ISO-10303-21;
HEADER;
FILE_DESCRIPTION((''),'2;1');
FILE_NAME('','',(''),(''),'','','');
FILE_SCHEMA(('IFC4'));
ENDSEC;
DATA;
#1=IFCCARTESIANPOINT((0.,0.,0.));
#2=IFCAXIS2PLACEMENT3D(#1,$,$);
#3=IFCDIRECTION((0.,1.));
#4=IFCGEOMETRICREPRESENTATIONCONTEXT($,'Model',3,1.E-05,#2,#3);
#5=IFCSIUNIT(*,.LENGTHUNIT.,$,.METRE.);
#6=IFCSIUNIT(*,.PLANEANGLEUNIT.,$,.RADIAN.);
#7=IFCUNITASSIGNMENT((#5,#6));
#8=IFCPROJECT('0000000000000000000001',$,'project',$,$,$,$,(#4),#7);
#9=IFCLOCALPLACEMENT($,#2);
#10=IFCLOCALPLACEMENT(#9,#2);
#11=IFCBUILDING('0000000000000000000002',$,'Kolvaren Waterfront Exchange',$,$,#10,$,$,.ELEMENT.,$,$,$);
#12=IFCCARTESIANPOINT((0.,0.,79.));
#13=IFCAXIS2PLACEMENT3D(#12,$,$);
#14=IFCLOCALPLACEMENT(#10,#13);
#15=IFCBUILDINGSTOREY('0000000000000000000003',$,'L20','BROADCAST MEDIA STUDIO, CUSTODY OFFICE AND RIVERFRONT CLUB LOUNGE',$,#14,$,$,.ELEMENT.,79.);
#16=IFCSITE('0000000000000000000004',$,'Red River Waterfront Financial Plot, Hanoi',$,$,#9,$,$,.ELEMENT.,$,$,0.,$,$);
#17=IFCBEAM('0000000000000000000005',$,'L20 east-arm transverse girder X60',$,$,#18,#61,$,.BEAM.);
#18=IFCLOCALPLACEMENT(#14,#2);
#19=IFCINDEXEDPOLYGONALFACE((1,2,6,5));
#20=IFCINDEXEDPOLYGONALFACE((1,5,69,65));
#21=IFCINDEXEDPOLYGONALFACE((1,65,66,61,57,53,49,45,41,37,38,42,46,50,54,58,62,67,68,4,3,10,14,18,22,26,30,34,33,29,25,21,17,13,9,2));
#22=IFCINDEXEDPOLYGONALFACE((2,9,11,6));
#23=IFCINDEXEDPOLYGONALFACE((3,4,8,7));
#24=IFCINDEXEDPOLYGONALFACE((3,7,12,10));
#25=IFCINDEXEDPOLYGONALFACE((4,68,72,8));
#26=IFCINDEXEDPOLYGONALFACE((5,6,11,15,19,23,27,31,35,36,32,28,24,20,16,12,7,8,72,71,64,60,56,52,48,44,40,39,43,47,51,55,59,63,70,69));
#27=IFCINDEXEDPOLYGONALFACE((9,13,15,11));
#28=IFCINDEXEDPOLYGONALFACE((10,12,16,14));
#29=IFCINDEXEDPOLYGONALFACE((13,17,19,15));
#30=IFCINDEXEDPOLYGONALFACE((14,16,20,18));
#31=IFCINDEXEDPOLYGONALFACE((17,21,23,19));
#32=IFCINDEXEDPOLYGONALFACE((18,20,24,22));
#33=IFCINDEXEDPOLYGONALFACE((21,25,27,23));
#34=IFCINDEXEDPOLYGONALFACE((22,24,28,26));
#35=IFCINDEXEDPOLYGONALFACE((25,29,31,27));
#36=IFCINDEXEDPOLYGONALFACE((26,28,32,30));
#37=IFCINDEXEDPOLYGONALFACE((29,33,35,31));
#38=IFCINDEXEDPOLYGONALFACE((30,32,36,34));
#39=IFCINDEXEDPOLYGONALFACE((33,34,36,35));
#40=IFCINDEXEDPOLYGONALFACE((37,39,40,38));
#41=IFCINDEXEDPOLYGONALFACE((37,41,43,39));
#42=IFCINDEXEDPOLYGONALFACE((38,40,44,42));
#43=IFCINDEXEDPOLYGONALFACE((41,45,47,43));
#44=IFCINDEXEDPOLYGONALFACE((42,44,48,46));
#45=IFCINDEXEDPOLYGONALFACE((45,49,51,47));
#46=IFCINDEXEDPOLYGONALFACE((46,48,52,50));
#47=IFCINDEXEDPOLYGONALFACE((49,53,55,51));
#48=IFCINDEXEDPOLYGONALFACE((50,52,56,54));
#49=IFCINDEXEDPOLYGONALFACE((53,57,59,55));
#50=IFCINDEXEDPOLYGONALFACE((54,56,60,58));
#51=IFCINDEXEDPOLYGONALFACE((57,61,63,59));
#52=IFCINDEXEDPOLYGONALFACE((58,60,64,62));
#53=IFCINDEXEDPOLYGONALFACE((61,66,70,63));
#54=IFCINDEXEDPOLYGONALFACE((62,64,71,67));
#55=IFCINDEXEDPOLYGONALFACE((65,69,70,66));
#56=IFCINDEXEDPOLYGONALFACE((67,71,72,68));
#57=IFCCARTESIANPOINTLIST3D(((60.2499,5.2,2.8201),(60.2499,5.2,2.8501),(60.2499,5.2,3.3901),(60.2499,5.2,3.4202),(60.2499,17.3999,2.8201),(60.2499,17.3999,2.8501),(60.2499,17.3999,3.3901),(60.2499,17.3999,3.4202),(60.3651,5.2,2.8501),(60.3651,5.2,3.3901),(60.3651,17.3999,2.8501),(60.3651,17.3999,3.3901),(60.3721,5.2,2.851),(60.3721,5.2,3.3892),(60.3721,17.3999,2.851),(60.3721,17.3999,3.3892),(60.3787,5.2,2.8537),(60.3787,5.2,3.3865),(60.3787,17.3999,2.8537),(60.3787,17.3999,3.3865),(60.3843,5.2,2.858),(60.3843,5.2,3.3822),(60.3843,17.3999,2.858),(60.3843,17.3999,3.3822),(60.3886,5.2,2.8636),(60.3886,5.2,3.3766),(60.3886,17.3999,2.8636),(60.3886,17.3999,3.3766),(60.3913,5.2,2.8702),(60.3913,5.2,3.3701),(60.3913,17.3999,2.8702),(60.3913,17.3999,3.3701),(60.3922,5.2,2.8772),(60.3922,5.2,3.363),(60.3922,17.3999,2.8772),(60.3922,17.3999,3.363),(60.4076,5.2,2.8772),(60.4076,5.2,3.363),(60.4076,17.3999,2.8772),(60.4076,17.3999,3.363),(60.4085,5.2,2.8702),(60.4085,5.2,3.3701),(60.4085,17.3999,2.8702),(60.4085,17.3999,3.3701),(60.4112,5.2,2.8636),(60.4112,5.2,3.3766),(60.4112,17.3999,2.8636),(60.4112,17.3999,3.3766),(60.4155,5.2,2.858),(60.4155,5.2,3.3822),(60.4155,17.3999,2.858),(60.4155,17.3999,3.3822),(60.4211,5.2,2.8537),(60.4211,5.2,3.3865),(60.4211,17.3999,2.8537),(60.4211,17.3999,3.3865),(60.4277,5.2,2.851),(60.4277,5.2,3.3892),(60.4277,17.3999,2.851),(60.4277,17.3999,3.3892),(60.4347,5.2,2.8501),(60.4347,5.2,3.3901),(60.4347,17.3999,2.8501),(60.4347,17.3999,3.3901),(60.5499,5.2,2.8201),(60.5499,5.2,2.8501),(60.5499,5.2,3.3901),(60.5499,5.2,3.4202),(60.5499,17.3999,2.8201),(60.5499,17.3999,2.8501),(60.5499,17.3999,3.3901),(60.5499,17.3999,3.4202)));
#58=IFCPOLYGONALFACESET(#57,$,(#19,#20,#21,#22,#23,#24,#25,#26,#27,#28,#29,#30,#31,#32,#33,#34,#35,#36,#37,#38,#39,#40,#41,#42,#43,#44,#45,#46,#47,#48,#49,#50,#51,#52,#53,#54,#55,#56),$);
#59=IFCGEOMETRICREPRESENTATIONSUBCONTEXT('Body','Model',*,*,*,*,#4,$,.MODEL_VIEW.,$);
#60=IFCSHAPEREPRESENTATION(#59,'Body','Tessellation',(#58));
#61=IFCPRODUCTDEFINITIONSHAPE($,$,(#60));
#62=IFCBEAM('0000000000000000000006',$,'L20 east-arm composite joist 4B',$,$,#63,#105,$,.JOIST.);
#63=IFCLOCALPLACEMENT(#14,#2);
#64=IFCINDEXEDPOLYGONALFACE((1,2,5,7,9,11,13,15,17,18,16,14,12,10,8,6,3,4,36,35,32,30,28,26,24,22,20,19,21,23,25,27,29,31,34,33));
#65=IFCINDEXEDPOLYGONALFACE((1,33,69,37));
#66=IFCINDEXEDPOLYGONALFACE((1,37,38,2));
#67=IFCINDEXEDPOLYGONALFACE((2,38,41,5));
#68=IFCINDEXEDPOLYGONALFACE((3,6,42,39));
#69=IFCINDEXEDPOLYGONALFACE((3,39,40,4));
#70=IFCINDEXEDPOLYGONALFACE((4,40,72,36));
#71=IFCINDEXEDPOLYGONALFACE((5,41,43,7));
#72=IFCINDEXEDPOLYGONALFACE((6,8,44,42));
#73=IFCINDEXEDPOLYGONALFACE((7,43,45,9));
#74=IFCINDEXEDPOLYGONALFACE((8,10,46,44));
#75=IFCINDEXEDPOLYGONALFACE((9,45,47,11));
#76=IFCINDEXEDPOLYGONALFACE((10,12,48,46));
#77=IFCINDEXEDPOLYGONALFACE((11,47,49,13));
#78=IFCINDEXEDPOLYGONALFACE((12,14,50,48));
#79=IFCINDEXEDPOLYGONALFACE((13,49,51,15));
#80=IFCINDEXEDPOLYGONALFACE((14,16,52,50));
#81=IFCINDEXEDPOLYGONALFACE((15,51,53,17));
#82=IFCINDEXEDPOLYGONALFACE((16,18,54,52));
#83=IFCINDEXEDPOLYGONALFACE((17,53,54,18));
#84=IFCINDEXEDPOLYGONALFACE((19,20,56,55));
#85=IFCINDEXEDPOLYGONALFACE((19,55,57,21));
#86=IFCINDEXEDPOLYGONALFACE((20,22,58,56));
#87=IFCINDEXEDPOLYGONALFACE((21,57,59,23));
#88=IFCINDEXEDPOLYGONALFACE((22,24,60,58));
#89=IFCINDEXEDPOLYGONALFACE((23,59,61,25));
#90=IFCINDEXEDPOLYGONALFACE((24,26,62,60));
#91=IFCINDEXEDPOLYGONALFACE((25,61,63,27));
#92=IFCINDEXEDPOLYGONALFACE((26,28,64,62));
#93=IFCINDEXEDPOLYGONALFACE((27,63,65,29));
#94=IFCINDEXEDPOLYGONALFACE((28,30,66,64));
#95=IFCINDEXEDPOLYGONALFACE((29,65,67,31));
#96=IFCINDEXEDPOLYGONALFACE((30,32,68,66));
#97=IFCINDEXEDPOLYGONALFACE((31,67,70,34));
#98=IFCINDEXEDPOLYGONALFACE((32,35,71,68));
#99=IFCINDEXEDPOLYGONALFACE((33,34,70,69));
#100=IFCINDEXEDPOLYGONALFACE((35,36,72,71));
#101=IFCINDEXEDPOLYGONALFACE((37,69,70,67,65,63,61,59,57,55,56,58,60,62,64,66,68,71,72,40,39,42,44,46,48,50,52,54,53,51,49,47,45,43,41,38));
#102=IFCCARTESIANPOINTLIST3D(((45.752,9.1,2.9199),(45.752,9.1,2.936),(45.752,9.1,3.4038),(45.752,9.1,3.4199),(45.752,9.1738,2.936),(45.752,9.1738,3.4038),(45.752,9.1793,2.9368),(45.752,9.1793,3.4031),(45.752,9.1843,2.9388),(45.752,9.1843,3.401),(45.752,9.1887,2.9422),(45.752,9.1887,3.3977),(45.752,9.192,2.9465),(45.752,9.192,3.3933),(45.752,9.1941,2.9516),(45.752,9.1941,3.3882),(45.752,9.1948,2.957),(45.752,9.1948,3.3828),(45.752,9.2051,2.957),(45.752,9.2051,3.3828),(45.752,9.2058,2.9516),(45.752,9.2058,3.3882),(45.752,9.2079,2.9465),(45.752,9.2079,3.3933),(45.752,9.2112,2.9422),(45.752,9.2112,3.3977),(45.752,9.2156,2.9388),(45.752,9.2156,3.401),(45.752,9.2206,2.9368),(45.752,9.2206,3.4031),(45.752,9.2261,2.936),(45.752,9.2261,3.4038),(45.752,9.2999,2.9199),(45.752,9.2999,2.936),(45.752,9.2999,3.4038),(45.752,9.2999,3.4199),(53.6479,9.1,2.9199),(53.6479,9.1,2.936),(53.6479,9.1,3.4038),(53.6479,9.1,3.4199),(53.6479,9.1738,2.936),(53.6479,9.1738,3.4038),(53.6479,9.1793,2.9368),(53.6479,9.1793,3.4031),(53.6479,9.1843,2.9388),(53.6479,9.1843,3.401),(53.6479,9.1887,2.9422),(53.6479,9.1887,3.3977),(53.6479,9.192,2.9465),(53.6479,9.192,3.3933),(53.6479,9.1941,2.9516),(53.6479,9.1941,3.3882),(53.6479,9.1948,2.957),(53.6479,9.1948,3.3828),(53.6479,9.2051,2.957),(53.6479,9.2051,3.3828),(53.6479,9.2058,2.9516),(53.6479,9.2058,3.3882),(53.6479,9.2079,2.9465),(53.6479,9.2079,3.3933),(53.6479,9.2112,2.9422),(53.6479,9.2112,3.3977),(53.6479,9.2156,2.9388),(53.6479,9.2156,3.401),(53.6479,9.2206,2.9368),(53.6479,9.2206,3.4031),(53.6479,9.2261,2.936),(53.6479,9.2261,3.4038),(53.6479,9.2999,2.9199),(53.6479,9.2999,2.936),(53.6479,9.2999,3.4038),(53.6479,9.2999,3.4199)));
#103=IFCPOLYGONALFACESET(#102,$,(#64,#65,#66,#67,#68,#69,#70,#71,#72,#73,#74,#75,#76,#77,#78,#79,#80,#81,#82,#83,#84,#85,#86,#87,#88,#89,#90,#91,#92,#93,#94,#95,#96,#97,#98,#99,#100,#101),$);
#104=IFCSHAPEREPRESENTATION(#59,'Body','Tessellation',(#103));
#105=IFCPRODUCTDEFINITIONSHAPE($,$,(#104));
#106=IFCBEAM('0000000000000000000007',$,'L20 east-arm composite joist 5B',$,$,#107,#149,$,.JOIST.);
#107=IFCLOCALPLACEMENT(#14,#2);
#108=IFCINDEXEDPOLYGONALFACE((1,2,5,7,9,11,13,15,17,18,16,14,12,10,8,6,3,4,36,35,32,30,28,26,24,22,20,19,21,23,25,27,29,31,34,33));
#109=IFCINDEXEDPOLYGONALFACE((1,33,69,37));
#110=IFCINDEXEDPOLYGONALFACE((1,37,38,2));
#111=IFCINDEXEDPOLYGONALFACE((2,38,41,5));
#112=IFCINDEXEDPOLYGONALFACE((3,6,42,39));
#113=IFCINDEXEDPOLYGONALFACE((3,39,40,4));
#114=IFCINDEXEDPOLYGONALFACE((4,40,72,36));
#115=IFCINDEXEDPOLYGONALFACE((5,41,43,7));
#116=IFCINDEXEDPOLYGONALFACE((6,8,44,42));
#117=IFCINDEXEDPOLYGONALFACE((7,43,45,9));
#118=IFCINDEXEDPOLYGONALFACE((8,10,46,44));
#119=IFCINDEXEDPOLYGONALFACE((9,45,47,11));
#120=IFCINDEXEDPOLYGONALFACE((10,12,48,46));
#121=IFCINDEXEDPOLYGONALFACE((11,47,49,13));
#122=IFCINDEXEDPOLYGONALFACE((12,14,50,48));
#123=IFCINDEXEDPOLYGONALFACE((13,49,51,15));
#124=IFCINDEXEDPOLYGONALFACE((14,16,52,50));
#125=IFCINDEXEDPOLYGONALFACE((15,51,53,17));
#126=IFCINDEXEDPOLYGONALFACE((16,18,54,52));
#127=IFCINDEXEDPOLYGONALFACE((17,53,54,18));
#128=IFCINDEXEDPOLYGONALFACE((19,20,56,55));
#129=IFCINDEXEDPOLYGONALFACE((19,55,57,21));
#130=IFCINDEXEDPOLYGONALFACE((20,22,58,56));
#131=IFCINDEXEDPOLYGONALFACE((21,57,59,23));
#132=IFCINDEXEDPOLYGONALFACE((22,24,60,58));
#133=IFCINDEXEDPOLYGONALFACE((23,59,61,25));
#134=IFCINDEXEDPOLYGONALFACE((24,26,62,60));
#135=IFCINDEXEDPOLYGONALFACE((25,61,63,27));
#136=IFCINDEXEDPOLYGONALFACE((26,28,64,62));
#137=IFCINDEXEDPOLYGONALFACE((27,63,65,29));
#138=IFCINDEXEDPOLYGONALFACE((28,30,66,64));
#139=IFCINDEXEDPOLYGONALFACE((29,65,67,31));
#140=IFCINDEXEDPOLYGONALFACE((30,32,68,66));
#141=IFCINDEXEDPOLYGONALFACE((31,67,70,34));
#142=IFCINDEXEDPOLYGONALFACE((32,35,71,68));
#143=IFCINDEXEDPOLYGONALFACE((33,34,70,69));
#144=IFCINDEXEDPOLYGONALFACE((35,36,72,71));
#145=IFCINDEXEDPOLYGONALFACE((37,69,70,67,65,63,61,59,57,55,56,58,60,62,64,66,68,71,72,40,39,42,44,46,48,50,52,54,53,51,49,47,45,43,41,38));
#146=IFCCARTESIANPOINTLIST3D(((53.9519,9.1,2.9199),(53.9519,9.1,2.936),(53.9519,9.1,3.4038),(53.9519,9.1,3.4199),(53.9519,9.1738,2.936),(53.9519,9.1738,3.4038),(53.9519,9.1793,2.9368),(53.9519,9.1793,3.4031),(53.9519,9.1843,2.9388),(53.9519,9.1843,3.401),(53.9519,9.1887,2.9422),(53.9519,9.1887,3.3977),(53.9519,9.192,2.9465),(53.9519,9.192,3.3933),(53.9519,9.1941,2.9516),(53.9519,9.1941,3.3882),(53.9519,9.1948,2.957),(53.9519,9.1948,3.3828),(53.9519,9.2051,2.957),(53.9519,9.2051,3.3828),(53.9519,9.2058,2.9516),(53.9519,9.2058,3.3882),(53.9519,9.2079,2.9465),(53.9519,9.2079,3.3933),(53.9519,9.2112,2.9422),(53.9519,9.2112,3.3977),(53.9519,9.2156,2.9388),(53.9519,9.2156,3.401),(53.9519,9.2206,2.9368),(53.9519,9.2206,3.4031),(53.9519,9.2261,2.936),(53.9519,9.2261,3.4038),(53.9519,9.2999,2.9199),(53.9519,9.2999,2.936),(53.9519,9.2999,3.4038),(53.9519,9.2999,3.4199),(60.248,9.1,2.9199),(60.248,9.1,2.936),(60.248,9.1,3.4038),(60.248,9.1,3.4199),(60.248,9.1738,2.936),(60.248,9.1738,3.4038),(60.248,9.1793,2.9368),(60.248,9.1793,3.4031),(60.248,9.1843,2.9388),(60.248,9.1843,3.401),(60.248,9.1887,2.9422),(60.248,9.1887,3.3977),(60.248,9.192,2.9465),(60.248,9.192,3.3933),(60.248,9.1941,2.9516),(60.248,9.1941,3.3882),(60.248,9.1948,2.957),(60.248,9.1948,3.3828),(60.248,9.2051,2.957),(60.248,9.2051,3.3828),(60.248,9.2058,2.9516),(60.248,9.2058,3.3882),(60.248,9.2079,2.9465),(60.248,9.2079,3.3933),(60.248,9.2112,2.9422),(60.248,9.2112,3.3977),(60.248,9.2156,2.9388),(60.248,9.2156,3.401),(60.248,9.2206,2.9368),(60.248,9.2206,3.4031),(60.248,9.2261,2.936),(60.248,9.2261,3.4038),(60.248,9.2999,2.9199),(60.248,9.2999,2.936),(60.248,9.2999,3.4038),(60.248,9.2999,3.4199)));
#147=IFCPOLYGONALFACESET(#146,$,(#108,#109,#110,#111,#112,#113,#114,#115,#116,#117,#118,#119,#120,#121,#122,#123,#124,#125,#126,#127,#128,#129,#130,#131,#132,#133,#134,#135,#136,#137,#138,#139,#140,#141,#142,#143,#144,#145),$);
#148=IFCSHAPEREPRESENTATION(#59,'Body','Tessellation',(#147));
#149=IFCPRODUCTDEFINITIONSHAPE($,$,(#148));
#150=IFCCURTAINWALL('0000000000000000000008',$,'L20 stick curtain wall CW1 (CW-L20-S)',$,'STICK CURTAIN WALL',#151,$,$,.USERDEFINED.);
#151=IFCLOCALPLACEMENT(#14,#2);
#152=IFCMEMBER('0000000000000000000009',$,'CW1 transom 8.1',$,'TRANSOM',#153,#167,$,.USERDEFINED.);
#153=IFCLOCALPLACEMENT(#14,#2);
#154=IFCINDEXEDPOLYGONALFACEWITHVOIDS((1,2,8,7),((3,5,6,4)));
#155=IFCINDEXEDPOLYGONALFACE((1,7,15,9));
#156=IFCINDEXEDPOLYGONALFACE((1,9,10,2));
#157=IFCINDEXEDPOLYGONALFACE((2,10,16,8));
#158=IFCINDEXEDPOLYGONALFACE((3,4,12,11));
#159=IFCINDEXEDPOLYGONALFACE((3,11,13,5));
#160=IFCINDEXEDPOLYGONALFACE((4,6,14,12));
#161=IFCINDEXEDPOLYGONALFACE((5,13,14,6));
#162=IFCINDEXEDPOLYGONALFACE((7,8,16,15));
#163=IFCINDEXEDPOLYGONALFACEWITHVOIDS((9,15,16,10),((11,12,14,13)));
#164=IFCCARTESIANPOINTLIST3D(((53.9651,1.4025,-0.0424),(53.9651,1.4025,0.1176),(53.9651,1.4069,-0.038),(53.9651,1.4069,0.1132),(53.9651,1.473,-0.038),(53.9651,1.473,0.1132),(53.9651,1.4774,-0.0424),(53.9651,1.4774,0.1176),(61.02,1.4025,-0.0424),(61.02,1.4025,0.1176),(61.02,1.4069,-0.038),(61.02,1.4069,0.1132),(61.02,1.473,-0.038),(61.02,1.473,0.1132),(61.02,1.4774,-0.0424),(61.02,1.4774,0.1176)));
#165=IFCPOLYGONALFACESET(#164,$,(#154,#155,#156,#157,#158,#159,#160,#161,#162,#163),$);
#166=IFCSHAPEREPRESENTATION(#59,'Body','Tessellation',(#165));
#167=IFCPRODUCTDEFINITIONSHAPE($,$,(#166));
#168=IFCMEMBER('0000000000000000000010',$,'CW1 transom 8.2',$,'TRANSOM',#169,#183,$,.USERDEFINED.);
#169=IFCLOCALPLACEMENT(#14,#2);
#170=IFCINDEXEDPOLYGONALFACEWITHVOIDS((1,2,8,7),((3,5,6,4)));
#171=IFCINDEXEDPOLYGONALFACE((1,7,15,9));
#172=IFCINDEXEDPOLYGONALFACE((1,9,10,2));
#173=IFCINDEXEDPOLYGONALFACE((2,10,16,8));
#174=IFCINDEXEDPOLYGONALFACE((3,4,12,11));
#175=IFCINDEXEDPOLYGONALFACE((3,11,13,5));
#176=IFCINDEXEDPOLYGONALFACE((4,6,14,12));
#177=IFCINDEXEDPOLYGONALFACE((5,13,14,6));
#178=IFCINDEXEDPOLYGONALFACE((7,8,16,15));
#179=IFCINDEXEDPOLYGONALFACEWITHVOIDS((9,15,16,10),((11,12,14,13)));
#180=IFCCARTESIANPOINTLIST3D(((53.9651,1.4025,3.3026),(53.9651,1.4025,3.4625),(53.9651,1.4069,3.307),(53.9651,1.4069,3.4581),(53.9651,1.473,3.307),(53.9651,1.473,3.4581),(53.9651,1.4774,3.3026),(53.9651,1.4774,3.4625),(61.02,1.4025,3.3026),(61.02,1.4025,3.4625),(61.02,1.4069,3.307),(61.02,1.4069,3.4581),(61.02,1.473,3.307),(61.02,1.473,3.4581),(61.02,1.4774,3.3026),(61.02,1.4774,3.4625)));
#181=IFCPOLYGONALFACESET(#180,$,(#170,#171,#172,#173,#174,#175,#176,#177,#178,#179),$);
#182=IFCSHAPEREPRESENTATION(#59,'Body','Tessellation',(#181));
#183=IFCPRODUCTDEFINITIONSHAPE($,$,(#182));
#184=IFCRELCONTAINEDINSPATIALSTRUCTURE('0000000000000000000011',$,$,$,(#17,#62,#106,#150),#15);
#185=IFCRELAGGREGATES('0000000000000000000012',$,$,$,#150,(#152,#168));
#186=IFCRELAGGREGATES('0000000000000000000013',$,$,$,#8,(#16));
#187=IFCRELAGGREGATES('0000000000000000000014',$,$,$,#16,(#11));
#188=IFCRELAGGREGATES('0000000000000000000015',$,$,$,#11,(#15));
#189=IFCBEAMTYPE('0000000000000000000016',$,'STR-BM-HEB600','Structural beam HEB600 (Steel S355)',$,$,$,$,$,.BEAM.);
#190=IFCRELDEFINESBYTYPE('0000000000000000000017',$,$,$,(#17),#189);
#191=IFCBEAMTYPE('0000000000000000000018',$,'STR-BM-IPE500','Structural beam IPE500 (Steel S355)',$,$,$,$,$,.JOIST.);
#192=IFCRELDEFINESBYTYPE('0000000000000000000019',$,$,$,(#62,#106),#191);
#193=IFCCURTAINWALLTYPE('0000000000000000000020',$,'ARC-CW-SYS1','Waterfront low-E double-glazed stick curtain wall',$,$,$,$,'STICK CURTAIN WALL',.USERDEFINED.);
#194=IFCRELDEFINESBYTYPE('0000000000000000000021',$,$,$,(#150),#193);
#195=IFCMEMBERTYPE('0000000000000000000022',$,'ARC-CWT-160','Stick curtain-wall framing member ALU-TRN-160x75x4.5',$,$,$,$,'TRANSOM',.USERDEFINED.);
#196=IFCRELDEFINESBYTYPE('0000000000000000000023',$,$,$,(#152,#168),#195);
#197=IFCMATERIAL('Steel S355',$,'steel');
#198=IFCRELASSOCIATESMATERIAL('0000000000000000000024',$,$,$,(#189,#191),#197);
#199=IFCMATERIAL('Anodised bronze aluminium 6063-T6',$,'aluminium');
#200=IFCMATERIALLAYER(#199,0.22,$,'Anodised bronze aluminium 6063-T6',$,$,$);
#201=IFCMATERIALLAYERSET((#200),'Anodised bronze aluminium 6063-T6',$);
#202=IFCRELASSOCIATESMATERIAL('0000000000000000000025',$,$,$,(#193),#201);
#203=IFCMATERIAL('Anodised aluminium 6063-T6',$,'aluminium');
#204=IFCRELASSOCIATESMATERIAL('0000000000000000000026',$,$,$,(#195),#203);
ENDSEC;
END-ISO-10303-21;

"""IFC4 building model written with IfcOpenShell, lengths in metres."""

from ifc_helpers import new_model, si_unit, direction, frame, origin, origin_with_axes, origin_2d, place, context, subcontext, project, spatial, hollow_rectangle, i_section, extrude, source, transform, mapped, material, layer, layer_set, material_profile, profile_set, type_object, element, aggregate, save


model = new_model("IFC4")

# Units and contexts
model_context = context("Model", 3, precision=1e-05, world=origin(), true_north=direction((0.0, 1.0)))
body_context = subcontext(model_context, "Body", "Model", "MODEL_VIEW")
ifc_project = project(units=[si_unit("LENGTHUNIT", "METRE"), si_unit("PLANEANGLEUNIT", "RADIAN")], contexts=[model_context])

# Site, building, storey
site_placement = place(None, origin())
site = spatial("IfcSite", under=ifc_project, at=site_placement, Name="Red River Waterfront Financial Plot, Hanoi", CompositionType="ELEMENT", RefElevation=0.0)
building_placement = place(site_placement, origin())
building = spatial("IfcBuilding", under=site, at=building_placement, Name="Kolvaren Waterfront Exchange", CompositionType="ELEMENT")
storey_placement = place(building_placement, frame((0.0, 0.0, 79.0)))
storey = spatial("IfcBuildingStorey", under=building, at=storey_placement, Name="L20", Description="BROADCAST MEDIA STUDIO, CUSTODY OFFICE AND RIVERFRONT CLUB LOUNGE", CompositionType="ELEMENT", Elevation=79.0)

# Beams
ifc_material_1 = material(Name="Steel S355", Category="steel")
ifc_material_profile_1 = material_profile(ifc_material_1, i_section(OverallWidth=0.3, OverallDepth=0.6001, WebThickness=0.0154, FlangeThickness=0.03, FilletRadius=0.0271, at=origin_2d()), Name="HEB600")
ifc_profile_set_1 = profile_set([ifc_material_profile_1], Name="Steel S355")
beam_type_1 = type_object("IfcBeamType", Name="STR-BM-HEB600", Description="Structural beam HEB600 (Steel S355)", PredefinedType="BEAM", material=ifc_profile_set_1)
for number, where, z_axis, x_axis, name in (
    (1, (60.3999, 5.2, 3.1201), (0.0, 1.0, 0.0), (-1.0, 0.0, 0.0), "L20 east-arm transverse girder X60"),
):
    element("IfcBeam", number, at=place(storey_placement, frame(where, z_axis=z_axis, x_axis=x_axis)), inside=storey, type_object=beam_type_1, Name=name, PredefinedType="BEAM", context=body_context, shape_type="SweptSolid", body=[
        extrude(i_section(OverallWidth=0.3, OverallDepth=0.6001, WebThickness=0.0154, FlangeThickness=0.03, FilletRadius=0.0271, at=origin_2d()), origin(), (0.0, 0.0, 1.0), 12.2),
    ])
ifc_material_profile_2 = material_profile(ifc_material_1, i_section(OverallWidth=0.2, OverallDepth=0.5, WebThickness=0.0103, FlangeThickness=0.0161, FilletRadius=0.021, at=origin_2d()), Name="IPE500")
ifc_profile_set_2 = profile_set([ifc_material_profile_2], Name="Steel S355")
beam_type_2 = type_object("IfcBeamType", Name="STR-BM-IPE500", Description="Structural beam IPE500 (Steel S355)", PredefinedType="JOIST", material=ifc_profile_set_2)
beam_1_placement = place(storey_placement, frame((45.752, 9.2, 3.1699), z_axis=(1.0, 0.0, 0.0), x_axis=(0.0, 1.0, 0.0)))
element("IfcBeam", 2, at=beam_1_placement, inside=storey, type_object=beam_type_2, Name="L20 east-arm composite joist 4B", PredefinedType="JOIST", context=body_context, shape_type="SweptSolid", body=[
    extrude(i_section(OverallWidth=0.2, OverallDepth=0.5, WebThickness=0.0103, FlangeThickness=0.0161, FilletRadius=0.021, at=origin_2d()), origin(), (0.0, 0.0, 1.0), 7.896),
])
beam_2_placement = place(storey_placement, frame((53.9519, 9.2, 3.1699), z_axis=(1.0, 0.0, 0.0), x_axis=(0.0, 1.0, 0.0)))
element("IfcBeam", 3, at=beam_2_placement, inside=storey, type_object=beam_type_2, Name="L20 east-arm composite joist 5B", PredefinedType="JOIST", context=body_context, shape_type="SweptSolid", body=[
    extrude(i_section(OverallWidth=0.2, OverallDepth=0.5, WebThickness=0.0103, FlangeThickness=0.0161, FilletRadius=0.021, at=origin_2d()), origin(), (0.0, 0.0, 1.0), 6.2961),
])

# Curtain wall, members
ifc_material_2 = material(Name="Anodised bronze aluminium 6063-T6", Category="aluminium")
ifc_layer_1 = layer(ifc_material_2, 0.22, Name="Anodised bronze aluminium 6063-T6")
ifc_layer_set_1 = layer_set([ifc_layer_1], Name="Anodised bronze aluminium 6063-T6")
curtain_wall_type = type_object("IfcCurtainWallType", Name="ARC-CW-SYS1", Description="Waterfront low-E double-glazed stick curtain wall", ElementType="STICK CURTAIN WALL", PredefinedType="USERDEFINED", material=ifc_layer_set_1)
curtain_wall_placement = place(storey_placement, origin())
curtain_wall = element("IfcCurtainWall", 4, at=curtain_wall_placement, inside=storey, type_object=curtain_wall_type, Name="L20 stick curtain wall CW1 (CW-L20-S)", ObjectType="STICK CURTAIN WALL", PredefinedType="USERDEFINED")
ifc_material_3 = material(Name="Anodised aluminium 6063-T6", Category="aluminium")
ifc_material_profile_3 = material_profile(ifc_material_3, hollow_rectangle(XDim=0.075, YDim=0.1599, WallThickness=0.0044, at=origin_2d()), Name="ALU-TRN-160x75x4.5")
ifc_profile_set_3 = profile_set([ifc_material_profile_3], Name="Anodised aluminium 6063-T6")
member_type_1 = type_object("IfcMemberType", Name="ARC-CWT-160", Description="Stick curtain-wall framing member ALU-TRN-160x75x4.5", ElementType="TRANSOM", PredefinedType="USERDEFINED", material=ifc_profile_set_3)
shared_shape_1 = source(origin_with_axes(), body_context, "Body", "SweptSolid", [
    extrude(hollow_rectangle(XDim=0.075, YDim=0.1599, WallThickness=0.0044, at=origin_2d()), origin(), (0.0, 0.0, 1.0), 7.0549),
])
member_1_placement = place(storey_placement, frame((53.9651, 1.4399, 0.0376), z_axis=(1.0, 0.0, 0.0), x_axis=(0.0, 1.0, 0.0)))
member_1 = element("IfcMember", 5, at=member_1_placement, type_object=member_type_1, Name="CW1 transom 8.1", ObjectType="TRANSOM", PredefinedType="USERDEFINED", context=body_context, shape_type="MappedRepresentation", body=[
    mapped(shared_shape_1, transform((0.0, 0.0, 0.0), x_axis=(1.0, 0.0, 0.0), y_axis=(0.0, 1.0, 0.0), z_axis=(0.0, 0.0, 1.0), scale=1.0)),
])
member_2_placement = place(storey_placement, frame((53.9651, 1.4399, 3.3826), z_axis=(1.0, 0.0, 0.0), x_axis=(0.0, 1.0, 0.0)))
member_2 = element("IfcMember", 6, at=member_2_placement, type_object=member_type_1, Name="CW1 transom 8.2", ObjectType="TRANSOM", PredefinedType="USERDEFINED", context=body_context, shape_type="MappedRepresentation", body=[
    mapped(shared_shape_1, transform((0.0, 0.0, 0.0), x_axis=(1.0, 0.0, 0.0), y_axis=(0.0, 1.0, 0.0), z_axis=(0.0, 0.0, 1.0), scale=1.0)),
])
aggregate(curtain_wall, [member_1, member_2])

save(model, "model.ifc")
